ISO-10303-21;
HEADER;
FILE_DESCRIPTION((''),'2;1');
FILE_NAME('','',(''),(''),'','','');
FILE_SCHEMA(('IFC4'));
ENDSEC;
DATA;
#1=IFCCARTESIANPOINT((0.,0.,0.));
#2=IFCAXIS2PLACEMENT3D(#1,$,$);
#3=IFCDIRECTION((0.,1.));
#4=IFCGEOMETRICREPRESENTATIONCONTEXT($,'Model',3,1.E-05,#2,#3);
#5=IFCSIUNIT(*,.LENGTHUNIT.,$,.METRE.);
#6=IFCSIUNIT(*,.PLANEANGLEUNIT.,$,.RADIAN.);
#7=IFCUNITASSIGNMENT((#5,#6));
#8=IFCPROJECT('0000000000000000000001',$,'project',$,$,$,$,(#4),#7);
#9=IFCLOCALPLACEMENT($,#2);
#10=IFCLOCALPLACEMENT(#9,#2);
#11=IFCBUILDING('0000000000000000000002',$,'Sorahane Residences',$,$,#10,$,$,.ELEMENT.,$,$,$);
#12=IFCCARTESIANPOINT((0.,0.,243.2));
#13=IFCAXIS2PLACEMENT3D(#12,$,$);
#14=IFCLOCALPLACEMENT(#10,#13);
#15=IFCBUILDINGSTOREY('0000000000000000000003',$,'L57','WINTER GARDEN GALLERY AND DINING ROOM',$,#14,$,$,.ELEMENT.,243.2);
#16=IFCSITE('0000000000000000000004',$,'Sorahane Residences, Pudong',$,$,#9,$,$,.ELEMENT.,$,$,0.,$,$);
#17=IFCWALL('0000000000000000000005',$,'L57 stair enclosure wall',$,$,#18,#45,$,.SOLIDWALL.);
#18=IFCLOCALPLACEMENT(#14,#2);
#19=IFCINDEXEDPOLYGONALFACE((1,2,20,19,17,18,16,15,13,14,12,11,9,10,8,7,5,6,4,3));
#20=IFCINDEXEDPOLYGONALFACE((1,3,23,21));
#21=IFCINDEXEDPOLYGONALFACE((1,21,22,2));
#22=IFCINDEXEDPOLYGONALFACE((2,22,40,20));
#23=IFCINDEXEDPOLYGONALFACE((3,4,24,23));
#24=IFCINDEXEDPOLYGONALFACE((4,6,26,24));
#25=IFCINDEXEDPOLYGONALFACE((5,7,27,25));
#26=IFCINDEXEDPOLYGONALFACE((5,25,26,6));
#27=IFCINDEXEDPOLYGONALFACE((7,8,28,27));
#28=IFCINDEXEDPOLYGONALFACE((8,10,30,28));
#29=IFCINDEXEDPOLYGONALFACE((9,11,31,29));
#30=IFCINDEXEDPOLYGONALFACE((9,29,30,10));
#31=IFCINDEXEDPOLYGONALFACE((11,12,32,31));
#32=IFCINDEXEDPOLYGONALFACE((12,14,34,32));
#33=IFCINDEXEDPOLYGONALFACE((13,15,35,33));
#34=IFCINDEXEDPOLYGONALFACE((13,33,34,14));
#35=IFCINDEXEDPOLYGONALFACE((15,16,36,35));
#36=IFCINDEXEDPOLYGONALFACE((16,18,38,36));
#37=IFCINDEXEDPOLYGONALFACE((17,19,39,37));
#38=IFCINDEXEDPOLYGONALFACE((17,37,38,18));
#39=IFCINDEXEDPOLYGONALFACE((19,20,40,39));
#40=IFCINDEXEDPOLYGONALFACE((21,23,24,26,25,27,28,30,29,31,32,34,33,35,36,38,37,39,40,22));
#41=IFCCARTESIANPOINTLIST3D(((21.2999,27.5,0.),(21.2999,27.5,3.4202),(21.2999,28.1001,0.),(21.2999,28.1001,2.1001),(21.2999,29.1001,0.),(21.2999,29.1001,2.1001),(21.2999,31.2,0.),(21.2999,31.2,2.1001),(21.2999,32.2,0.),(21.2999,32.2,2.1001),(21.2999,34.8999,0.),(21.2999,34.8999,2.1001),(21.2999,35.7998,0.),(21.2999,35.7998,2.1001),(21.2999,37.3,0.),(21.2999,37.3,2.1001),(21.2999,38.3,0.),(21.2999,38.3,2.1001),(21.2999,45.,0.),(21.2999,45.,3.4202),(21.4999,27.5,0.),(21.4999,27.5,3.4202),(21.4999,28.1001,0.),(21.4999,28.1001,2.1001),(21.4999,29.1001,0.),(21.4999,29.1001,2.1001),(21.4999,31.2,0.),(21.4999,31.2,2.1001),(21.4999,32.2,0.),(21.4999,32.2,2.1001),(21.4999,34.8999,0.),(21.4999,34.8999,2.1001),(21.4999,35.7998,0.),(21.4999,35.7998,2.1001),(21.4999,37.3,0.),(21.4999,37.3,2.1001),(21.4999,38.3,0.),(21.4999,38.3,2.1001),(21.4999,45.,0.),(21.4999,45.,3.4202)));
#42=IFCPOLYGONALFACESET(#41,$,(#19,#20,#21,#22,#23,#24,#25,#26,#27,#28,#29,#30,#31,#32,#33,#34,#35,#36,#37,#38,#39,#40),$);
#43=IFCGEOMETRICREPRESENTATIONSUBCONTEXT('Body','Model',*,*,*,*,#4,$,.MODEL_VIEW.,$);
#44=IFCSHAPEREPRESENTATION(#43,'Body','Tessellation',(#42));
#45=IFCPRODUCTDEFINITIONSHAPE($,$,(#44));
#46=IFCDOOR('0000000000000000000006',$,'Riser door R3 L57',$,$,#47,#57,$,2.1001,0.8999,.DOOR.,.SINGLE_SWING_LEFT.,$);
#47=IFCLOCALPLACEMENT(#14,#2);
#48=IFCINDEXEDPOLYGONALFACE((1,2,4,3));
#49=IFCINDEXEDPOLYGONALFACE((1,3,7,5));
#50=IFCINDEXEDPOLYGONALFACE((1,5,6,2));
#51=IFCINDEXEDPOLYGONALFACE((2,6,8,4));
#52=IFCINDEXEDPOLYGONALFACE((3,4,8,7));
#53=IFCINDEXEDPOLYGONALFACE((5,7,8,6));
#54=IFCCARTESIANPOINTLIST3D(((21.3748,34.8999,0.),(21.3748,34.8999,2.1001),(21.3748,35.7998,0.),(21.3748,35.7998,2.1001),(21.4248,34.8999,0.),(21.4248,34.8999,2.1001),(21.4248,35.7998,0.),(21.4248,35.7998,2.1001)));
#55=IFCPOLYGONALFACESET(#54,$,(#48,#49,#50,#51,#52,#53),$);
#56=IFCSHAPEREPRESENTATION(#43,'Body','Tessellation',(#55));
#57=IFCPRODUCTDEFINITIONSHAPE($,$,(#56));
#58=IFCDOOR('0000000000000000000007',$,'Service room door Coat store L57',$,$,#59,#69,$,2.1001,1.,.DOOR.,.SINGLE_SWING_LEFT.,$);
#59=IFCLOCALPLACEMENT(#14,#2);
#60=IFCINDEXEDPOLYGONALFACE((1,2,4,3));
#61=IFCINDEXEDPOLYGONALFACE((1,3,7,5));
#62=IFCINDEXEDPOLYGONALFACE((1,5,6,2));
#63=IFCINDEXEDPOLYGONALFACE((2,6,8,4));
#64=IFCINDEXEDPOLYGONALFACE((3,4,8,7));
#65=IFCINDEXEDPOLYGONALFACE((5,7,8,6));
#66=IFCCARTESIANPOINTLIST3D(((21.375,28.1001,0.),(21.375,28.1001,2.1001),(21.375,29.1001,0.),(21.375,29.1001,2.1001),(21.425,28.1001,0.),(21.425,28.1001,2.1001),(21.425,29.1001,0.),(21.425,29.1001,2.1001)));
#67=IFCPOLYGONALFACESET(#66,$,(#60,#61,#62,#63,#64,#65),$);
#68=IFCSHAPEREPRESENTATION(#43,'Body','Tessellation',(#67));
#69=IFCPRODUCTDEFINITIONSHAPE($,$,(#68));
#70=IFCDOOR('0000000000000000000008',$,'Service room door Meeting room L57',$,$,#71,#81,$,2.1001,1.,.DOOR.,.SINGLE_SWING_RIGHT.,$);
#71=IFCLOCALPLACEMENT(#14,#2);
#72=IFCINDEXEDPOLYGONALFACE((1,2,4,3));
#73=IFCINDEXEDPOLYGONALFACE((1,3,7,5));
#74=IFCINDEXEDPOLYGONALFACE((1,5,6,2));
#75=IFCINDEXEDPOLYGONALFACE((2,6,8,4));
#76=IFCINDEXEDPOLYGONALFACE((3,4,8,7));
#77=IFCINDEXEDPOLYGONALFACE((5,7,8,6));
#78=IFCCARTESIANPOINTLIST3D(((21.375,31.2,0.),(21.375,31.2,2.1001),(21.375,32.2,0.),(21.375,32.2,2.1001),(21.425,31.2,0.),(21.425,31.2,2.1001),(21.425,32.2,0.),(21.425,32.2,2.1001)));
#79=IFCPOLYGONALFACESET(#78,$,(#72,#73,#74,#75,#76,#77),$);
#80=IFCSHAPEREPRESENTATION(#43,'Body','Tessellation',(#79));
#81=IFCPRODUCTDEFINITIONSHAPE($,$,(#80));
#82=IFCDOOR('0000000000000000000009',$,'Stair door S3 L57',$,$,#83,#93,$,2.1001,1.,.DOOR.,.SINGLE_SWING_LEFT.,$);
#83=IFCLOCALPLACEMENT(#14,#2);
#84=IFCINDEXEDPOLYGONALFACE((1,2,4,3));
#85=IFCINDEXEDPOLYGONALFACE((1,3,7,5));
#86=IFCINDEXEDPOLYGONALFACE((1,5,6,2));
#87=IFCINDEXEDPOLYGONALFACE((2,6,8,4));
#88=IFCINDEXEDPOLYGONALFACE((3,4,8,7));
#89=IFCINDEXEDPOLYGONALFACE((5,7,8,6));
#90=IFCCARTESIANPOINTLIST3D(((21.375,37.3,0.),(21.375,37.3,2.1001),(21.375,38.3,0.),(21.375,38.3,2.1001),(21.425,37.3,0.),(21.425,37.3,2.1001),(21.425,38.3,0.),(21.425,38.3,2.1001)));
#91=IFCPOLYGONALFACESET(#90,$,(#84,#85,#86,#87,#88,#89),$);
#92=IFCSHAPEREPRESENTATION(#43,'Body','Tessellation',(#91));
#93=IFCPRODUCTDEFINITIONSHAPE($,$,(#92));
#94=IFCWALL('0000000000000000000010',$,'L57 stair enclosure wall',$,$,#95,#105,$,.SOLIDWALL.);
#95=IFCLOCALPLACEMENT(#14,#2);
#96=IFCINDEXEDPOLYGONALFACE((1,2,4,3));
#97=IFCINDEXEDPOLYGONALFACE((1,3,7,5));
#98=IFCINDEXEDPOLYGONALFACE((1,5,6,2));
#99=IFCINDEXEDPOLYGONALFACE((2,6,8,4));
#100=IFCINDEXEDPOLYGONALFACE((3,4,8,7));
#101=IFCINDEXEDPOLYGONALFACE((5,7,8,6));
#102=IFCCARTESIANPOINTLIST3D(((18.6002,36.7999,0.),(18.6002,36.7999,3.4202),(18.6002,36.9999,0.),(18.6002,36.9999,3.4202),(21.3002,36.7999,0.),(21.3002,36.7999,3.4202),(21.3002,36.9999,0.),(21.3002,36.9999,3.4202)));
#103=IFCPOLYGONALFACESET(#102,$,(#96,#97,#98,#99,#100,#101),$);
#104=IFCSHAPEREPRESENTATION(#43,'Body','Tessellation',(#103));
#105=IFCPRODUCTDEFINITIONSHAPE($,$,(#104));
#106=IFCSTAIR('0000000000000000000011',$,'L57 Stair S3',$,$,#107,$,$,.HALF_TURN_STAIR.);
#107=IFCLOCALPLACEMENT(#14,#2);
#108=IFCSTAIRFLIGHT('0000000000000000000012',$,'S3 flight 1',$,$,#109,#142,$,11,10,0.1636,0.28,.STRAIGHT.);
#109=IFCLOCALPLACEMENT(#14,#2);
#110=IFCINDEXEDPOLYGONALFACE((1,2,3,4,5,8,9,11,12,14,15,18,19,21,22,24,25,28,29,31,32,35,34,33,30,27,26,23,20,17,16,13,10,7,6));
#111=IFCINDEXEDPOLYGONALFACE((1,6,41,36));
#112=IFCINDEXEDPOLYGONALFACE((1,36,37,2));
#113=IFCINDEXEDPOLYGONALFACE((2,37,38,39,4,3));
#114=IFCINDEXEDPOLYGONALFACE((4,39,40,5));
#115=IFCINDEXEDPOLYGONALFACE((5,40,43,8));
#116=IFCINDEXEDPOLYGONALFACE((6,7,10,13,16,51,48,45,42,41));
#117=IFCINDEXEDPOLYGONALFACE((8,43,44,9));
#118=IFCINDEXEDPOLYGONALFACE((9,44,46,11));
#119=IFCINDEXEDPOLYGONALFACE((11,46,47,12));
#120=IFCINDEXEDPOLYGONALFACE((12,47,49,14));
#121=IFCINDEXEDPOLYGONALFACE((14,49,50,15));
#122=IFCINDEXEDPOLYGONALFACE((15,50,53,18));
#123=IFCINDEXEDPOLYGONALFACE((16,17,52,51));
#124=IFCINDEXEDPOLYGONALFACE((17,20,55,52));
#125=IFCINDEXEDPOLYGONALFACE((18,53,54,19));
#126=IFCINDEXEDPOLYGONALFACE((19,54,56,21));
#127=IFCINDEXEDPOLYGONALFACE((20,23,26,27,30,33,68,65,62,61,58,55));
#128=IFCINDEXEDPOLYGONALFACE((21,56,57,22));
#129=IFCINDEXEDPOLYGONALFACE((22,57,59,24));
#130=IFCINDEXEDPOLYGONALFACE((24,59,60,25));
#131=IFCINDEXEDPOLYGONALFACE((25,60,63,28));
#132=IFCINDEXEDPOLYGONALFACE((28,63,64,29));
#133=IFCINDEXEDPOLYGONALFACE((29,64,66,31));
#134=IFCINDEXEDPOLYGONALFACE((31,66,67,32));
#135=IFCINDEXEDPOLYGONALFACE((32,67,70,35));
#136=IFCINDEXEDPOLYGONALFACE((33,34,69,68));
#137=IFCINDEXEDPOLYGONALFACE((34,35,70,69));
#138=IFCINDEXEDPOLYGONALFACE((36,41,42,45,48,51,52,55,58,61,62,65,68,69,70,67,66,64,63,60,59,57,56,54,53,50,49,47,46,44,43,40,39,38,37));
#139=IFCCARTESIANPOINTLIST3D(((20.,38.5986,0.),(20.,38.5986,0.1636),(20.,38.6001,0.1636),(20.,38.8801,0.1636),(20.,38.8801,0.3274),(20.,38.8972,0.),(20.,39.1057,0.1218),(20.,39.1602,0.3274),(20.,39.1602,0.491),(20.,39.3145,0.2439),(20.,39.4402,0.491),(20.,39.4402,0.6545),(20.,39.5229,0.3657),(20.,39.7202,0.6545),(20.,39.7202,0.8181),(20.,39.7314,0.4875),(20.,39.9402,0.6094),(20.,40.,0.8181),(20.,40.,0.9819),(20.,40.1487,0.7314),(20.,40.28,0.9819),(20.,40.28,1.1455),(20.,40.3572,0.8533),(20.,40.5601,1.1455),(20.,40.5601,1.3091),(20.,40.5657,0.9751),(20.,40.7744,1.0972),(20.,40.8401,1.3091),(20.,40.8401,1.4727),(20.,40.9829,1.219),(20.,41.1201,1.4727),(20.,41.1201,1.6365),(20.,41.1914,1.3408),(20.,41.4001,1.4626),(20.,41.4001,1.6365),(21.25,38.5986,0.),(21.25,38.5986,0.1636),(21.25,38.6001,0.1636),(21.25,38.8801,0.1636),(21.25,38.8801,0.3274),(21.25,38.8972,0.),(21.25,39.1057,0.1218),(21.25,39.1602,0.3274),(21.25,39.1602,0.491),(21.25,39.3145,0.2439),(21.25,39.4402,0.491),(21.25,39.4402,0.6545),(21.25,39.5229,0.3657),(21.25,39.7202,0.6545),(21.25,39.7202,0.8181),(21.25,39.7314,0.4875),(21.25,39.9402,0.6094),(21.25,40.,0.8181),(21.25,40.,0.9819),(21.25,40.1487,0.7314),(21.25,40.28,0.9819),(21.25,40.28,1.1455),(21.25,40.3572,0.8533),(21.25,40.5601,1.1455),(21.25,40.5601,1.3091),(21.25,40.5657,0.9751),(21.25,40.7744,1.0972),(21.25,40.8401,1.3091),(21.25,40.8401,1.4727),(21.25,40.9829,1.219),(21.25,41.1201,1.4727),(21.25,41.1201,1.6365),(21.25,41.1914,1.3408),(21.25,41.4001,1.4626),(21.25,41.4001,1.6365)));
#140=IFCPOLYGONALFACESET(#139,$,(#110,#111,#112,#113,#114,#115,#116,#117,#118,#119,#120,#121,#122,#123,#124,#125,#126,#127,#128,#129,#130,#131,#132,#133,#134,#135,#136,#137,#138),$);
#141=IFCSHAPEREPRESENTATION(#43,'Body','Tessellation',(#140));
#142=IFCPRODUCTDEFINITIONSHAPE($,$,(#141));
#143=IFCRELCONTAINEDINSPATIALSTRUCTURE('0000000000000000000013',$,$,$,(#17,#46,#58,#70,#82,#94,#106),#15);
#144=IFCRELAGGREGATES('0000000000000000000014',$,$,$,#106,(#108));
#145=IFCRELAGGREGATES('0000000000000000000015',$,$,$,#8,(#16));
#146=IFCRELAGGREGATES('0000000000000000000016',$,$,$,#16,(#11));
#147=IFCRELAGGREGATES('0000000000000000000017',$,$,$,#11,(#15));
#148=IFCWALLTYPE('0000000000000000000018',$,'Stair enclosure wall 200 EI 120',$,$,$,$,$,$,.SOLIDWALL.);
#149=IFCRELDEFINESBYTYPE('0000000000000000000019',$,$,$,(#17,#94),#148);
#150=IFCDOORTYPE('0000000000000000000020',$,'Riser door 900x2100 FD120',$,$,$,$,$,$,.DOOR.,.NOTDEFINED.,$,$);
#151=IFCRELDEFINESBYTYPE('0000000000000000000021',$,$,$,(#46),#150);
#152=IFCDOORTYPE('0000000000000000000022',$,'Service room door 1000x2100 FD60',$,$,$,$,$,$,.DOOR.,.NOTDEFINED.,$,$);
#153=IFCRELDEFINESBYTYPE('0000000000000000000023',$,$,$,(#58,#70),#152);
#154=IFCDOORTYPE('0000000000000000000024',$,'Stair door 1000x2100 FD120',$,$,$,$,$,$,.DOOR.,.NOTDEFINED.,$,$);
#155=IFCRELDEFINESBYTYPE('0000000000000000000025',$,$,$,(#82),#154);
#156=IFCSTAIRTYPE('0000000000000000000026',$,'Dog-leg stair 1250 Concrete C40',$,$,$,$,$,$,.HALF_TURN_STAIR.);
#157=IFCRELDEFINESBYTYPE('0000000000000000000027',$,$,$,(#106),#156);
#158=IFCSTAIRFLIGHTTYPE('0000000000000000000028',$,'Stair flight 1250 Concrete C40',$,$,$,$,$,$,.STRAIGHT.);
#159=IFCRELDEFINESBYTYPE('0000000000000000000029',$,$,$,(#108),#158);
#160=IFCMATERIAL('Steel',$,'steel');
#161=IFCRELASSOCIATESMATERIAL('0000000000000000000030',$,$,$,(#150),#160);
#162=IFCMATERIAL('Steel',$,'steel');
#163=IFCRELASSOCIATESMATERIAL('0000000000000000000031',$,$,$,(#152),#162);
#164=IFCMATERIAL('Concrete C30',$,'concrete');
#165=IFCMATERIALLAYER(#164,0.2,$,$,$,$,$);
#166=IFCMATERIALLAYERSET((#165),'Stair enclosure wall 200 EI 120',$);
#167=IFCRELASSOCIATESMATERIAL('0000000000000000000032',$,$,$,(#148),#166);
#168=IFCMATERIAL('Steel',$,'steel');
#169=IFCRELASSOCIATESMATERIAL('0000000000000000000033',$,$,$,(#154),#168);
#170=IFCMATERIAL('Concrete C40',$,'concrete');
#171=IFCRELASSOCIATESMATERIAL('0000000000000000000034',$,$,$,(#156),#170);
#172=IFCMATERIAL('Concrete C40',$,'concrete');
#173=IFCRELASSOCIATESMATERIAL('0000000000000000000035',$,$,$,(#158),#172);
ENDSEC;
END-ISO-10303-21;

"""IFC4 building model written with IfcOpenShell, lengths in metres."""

from ifc_helpers import new_model, si_unit, direction, frame, frame_2d, origin, place, context, subcontext, project, spatial, polyline, rectangle, outline, extrude, material, layer, layer_set, type_object, element, fill, aggregate, save


model = new_model("IFC4")

# Units and contexts
model_context = context("Model", 3, precision=1e-05, world=origin(), true_north=direction((0.0, 1.0)))
body_context = subcontext(model_context, "Body", "Model", "MODEL_VIEW")
ifc_project = project(units=[si_unit("LENGTHUNIT", "METRE"), si_unit("PLANEANGLEUNIT", "RADIAN")], contexts=[model_context])

# Site, building, storey
site_placement = place(None, origin())
site = spatial("IfcSite", under=ifc_project, at=site_placement, Name="Sorahane Residences, Pudong", CompositionType="ELEMENT", RefElevation=0.0)
building_placement = place(site_placement, origin())
building = spatial("IfcBuilding", under=site, at=building_placement, Name="Sorahane Residences", CompositionType="ELEMENT")
storey_placement = place(building_placement, frame((0.0, 0.0, 243.2)))
storey = spatial("IfcBuildingStorey", under=building, at=storey_placement, Name="L57", Description="WINTER GARDEN GALLERY AND DINING ROOM", CompositionType="ELEMENT", Elevation=243.2)

# Shared definitions
ifc_material_1 = material(Name="Steel", Category="steel")
door_type_1 = type_object("IfcDoorType", Name="Riser door 900x2100 FD120", OperationType="NOTDEFINED", PredefinedType="DOOR", material=ifc_material_1)
ifc_material_2 = material(Name="Steel", Category="steel")
door_type_2 = type_object("IfcDoorType", Name="Service room door 1000x2100 FD60", OperationType="NOTDEFINED", PredefinedType="DOOR", material=ifc_material_2)

# Wall, openings, doors
ifc_material_3 = material(Name="Concrete C30", Category="concrete")
ifc_layer_1 = layer(ifc_material_3, 0.2)
ifc_layer_set_1 = layer_set([ifc_layer_1], Name="Stair enclosure wall 200 EI 120")
wall_type_1 = type_object("IfcWallType", Name="Stair enclosure wall 200 EI 120", PredefinedType="SOLIDWALL", material=ifc_layer_set_1)
wall_1_placement = place(storey_placement, frame((21.3999, 27.5, 0.0), z_axis=(0.0, 0.0, 1.0), x_axis=(0.0, 1.0, 0.0)))
wall_1 = element("IfcWall", 1, at=wall_1_placement, inside=storey, type_object=wall_type_1, Name="L57 stair enclosure wall", PredefinedType="SOLIDWALL", context=body_context, shape_type="SweptSolid", body=[
    extrude(rectangle(XDim=17.5, YDim=0.2, at=frame_2d((8.75, 0.0))), origin(), (0.0, 0.0, 1.0), 3.4202),
])
opening_1_placement = place(wall_1_placement, frame((0.6001, 0.0, 0.0)))
opening_1 = element("IfcOpeningElement", 2, at=opening_1_placement, cuts=wall_1, PredefinedType="OPENING", context=body_context, shape_type="SweptSolid", body=[
    extrude(rectangle(XDim=1.0, YDim=2.1001, at=frame_2d((0.5, 1.05))), frame((0.0, 0.1099, 0.0), z_axis=(0.0, -1.0, 0.0), x_axis=(1.0, 0.0, 0.0)), (0.0, 0.0, 1.0), 0.22),
])
opening_2_placement = place(wall_1_placement, frame((3.7, 0.0, 0.0)))
opening_2 = element("IfcOpeningElement", 3, at=opening_2_placement, cuts=wall_1, PredefinedType="OPENING", context=body_context, shape_type="SweptSolid", body=[
    extrude(rectangle(XDim=1.0, YDim=2.1001, at=frame_2d((0.5, 1.05))), frame((0.0, 0.1099, 0.0), z_axis=(0.0, -1.0, 0.0), x_axis=(1.0, 0.0, 0.0)), (0.0, 0.0, 1.0), 0.22),
])
opening_3_placement = place(wall_1_placement, frame((9.8, 0.0, 0.0)))
opening_3 = element("IfcOpeningElement", 4, at=opening_3_placement, cuts=wall_1, PredefinedType="OPENING", context=body_context, shape_type="SweptSolid", body=[
    extrude(rectangle(XDim=1.0, YDim=2.1001, at=frame_2d((0.5, 1.05))), frame((0.0, 0.1099, 0.0), z_axis=(0.0, -1.0, 0.0), x_axis=(1.0, 0.0, 0.0)), (0.0, 0.0, 1.0), 0.22),
])
opening_4_placement = place(wall_1_placement, frame((7.3999, 0.0, 0.0)))
opening_4 = element("IfcOpeningElement", 5, at=opening_4_placement, cuts=wall_1, PredefinedType="OPENING", context=body_context, shape_type="SweptSolid", body=[
    extrude(rectangle(XDim=0.8999, YDim=2.1001, at=frame_2d((0.45, 1.05))), frame((0.0, 0.1099, 0.0), z_axis=(0.0, -1.0, 0.0), x_axis=(1.0, 0.0, 0.0)), (0.0, 0.0, 1.0), 0.22),
])
door_1_placement = place(opening_4_placement, frame((0.8999, 0.0, 0.0), z_axis=(0.0, 0.0, 1.0), x_axis=(-1.0, 0.0, 0.0)))
door_1 = element("IfcDoor", 6, at=door_1_placement, inside=storey, type_object=door_type_1, Name="Riser door R3 L57", OperationType="SINGLE_SWING_LEFT", OverallHeight=2.1001, OverallWidth=0.8999, PredefinedType="DOOR", context=body_context, shape_type="SweptSolid", body=[
    extrude(rectangle(XDim=0.8999, YDim=2.1001, at=frame_2d((0.45, 1.05))), frame((0.0, 0.0249, 0.0), z_axis=(0.0, -1.0, 0.0), x_axis=(1.0, 0.0, 0.0)), (0.0, 0.0, 1.0), 0.05),
])
fill(opening_4, door_1)
door_2_placement = place(opening_1_placement, origin())
door_2 = element("IfcDoor", 7, at=door_2_placement, inside=storey, type_object=door_type_2, Name="Service room door Coat store L57", OperationType="SINGLE_SWING_LEFT", OverallHeight=2.1001, OverallWidth=1.0, PredefinedType="DOOR", context=body_context, shape_type="SweptSolid", body=[
    extrude(rectangle(XDim=1.0, YDim=2.1001, at=frame_2d((0.5, 1.05))), frame((0.0, 0.0249, 0.0), z_axis=(0.0, -1.0, 0.0), x_axis=(1.0, 0.0, 0.0)), (0.0, 0.0, 1.0), 0.05),
])
fill(opening_1, door_2)
door_3_placement = place(opening_2_placement, origin())
door_3 = element("IfcDoor", 8, at=door_3_placement, inside=storey, type_object=door_type_2, Name="Service room door Meeting room L57", OperationType="SINGLE_SWING_RIGHT", OverallHeight=2.1001, OverallWidth=1.0, PredefinedType="DOOR", context=body_context, shape_type="SweptSolid", body=[
    extrude(rectangle(XDim=1.0, YDim=2.1001, at=frame_2d((0.5, 1.05))), frame((0.0, 0.0249, 0.0), z_axis=(0.0, -1.0, 0.0), x_axis=(1.0, 0.0, 0.0)), (0.0, 0.0, 1.0), 0.05),
])
fill(opening_2, door_3)
ifc_material_4 = material(Name="Steel", Category="steel")
door_type_3 = type_object("IfcDoorType", Name="Stair door 1000x2100 FD120", OperationType="NOTDEFINED", PredefinedType="DOOR", material=ifc_material_4)
door_4_placement = place(opening_3_placement, origin())
door_4 = element("IfcDoor", 9, at=door_4_placement, inside=storey, type_object=door_type_3, Name="Stair door S3 L57", OperationType="SINGLE_SWING_LEFT", OverallHeight=2.1001, OverallWidth=1.0, PredefinedType="DOOR", context=body_context, shape_type="SweptSolid", body=[
    extrude(rectangle(XDim=1.0, YDim=2.1001, at=frame_2d((0.5, 1.05))), frame((0.0, 0.0249, 0.0), z_axis=(0.0, -1.0, 0.0), x_axis=(1.0, 0.0, 0.0)), (0.0, 0.0, 1.0), 0.05),
])
fill(opening_3, door_4)

# Wall
wall_2_placement = place(storey_placement, frame((18.6001, 36.8999, 0.0), z_axis=(0.0, 0.0, 1.0), x_axis=(1.0, 0.0, 0.0)))
element("IfcWall", 10, at=wall_2_placement, inside=storey, type_object=wall_type_1, Name="L57 stair enclosure wall", PredefinedType="SOLIDWALL", context=body_context, shape_type="SweptSolid", body=[
    extrude(rectangle(XDim=2.7, YDim=0.2, at=frame_2d((1.3501, 0.0))), origin(), (0.0, 0.0, 1.0), 3.4202),
])

# Stair, stair flight
ifc_material_5 = material(Name="Concrete C40", Category="concrete")
stair_type = type_object("IfcStairType", Name="Dog-leg stair 1250 Concrete C40", PredefinedType="HALF_TURN_STAIR", material=ifc_material_5)
stair_placement = place(storey_placement, origin())
stair = element("IfcStair", 11, at=stair_placement, inside=storey, type_object=stair_type, Name="L57 Stair S3", PredefinedType="HALF_TURN_STAIR")
ifc_material_6 = material(Name="Concrete C40", Category="concrete")
stair_flight_type = type_object("IfcStairFlightType", Name="Stair flight 1250 Concrete C40", PredefinedType="STRAIGHT", material=ifc_material_6)
stair_flight_placement = place(storey_placement, frame((20.625, 38.6001, 0.0), z_axis=(0.0, 0.0, 1.0), x_axis=(0.0, 1.0, 0.0)))
stair_flight = element("IfcStairFlight", 12, at=stair_flight_placement, type_object=stair_flight_type, Name="S3 flight 1", NumberOfRisers=11, NumberOfTreads=10, PredefinedType="STRAIGHT", RiserHeight=0.1636, TreadLength=0.28, context=body_context, shape_type="SweptSolid", body=[
    extrude(outline(polyline([(-0.0015, 0.0), (-0.0015, 0.1636), (0.0, 0.1636), (0.28, 0.1636), (0.28, 0.3274), (0.5601, 0.3274), (0.5601, 0.491), (0.8401, 0.491), (0.8401, 0.6545), (1.1201, 0.6545), (1.1201, 0.8181), (1.3999, 0.8181), (1.3999, 0.9819), (1.6799, 0.9819), (1.6799, 1.1455), (1.96, 1.1455), (1.96, 1.3091), (2.24, 1.3091), (2.24, 1.4727), (2.52, 1.4727), (2.52, 1.6365), (2.8, 1.6365), (2.8, 1.8), (2.8, 1.4626), (2.5913, 1.3408), (2.3828, 1.219), (2.1743, 1.0972), (1.9656, 0.9751), (1.7571, 0.8533), (1.5486, 0.7314), (1.3401, 0.6094), (1.1313, 0.4875), (0.9229, 0.3657), (0.7144, 0.2439), (0.5056, 0.1218), (0.2971, 0.0), (-0.0015, 0.0)])), frame((0.0, 0.625, 0.0), z_axis=(0.0, -1.0, 0.0), x_axis=(1.0, 0.0, 0.0)), (0.0, 0.0, 1.0), 1.25),
])
aggregate(stair, [stair_flight])

save(model, "model.ifc")
